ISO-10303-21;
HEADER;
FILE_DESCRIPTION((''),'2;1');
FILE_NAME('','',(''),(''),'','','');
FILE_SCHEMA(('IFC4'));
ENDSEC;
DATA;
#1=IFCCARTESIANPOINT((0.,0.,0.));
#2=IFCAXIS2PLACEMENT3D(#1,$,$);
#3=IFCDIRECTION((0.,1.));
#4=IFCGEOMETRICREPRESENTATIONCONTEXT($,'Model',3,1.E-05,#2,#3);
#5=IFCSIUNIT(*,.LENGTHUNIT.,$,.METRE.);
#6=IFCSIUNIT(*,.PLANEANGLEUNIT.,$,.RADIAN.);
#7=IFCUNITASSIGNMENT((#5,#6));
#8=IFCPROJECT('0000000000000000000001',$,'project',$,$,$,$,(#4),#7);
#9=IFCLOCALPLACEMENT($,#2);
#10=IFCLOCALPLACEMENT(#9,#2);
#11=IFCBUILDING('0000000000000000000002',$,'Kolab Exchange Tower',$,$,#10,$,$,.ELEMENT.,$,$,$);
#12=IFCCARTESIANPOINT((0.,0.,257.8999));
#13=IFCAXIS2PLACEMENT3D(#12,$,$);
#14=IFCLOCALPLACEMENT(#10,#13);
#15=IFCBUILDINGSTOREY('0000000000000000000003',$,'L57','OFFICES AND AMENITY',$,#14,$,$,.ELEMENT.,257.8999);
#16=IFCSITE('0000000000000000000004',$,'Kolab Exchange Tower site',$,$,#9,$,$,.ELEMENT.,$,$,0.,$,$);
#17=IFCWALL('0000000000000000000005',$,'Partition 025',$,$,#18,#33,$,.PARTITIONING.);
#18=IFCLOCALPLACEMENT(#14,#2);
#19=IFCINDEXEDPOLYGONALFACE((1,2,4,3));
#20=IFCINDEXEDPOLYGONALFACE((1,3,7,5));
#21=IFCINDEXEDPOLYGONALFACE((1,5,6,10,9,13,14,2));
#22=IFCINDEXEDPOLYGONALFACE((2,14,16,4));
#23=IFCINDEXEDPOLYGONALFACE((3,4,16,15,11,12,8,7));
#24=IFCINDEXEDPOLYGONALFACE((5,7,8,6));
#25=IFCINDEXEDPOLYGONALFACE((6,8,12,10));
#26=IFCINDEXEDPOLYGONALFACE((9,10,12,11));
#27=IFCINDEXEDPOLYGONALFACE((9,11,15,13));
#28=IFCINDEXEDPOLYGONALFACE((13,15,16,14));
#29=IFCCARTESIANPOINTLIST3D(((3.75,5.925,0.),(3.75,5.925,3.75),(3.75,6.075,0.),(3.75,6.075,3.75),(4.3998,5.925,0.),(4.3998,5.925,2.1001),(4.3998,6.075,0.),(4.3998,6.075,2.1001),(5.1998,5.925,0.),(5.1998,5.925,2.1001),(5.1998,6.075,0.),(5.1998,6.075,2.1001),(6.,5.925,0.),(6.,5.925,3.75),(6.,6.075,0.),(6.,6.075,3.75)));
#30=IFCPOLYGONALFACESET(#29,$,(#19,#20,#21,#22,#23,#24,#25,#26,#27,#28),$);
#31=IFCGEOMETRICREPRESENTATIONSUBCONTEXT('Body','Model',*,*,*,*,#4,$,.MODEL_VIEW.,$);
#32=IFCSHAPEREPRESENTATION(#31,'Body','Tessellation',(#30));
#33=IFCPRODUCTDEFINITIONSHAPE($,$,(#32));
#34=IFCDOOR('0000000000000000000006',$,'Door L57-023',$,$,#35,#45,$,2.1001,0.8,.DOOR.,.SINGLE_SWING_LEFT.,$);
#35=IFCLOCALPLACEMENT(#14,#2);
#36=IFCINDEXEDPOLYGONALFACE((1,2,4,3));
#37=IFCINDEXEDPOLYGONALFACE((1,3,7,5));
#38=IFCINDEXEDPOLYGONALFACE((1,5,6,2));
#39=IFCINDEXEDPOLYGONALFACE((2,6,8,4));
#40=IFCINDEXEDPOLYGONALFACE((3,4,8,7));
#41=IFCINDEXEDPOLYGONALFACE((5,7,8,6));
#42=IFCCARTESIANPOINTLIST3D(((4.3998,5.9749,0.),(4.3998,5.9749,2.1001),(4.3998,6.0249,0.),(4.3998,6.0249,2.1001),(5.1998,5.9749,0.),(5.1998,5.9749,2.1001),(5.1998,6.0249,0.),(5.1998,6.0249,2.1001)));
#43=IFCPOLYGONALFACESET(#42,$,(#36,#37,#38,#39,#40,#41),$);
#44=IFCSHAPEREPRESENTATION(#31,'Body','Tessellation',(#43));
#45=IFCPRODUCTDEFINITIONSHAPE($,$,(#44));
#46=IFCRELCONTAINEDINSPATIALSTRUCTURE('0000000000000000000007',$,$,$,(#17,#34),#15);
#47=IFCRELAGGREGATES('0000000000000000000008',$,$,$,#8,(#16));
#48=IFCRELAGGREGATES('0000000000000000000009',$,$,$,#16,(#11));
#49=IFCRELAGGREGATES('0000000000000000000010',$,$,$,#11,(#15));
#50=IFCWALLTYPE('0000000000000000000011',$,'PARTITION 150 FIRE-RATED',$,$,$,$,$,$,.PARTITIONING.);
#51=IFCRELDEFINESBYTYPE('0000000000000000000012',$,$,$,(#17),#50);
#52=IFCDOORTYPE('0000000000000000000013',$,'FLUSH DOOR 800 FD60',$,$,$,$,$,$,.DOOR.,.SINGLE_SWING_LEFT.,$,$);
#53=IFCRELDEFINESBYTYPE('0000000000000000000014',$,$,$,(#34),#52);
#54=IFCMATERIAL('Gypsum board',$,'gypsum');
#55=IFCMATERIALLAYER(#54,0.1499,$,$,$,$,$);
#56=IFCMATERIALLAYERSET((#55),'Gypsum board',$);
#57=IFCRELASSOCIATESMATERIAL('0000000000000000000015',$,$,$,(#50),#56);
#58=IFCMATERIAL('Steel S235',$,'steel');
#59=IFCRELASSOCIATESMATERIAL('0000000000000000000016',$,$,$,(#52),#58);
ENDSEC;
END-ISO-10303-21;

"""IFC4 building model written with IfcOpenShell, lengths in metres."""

from ifc_helpers import new_model, si_unit, direction, frame, frame_2d, origin, place, context, subcontext, project, spatial, rectangle, extrude, material, layer, layer_set, type_object, element, fill, save


model = new_model("IFC4")

# Units and contexts
model_context = context("Model", 3, precision=1e-05, world=origin(), true_north=direction((0.0, 1.0)))
body_context = subcontext(model_context, "Body", "Model", "MODEL_VIEW")
ifc_project = project(units=[si_unit("LENGTHUNIT", "METRE"), si_unit("PLANEANGLEUNIT", "RADIAN")], contexts=[model_context])

# Site, building, storey
site_placement = place(None, origin())
site = spatial("IfcSite", under=ifc_project, at=site_placement, Name="Kolab Exchange Tower site", CompositionType="ELEMENT", RefElevation=0.0)
building_placement = place(site_placement, origin())
building = spatial("IfcBuilding", under=site, at=building_placement, Name="Kolab Exchange Tower", CompositionType="ELEMENT")
storey_placement = place(building_placement, frame((0.0, 0.0, 257.8999)))
storey = spatial("IfcBuildingStorey", under=building, at=storey_placement, Name="L57", Description="OFFICES AND AMENITY", CompositionType="ELEMENT", Elevation=257.8999)

# Wall, opening, door
ifc_material_1 = material(Name="Gypsum board", Category="gypsum")
ifc_layer_1 = layer(ifc_material_1, 0.1499)
ifc_layer_set_1 = layer_set([ifc_layer_1], Name="Gypsum board")
wall_type_1 = type_object("IfcWallType", Name="PARTITION 150 FIRE-RATED", PredefinedType="PARTITIONING", material=ifc_layer_set_1)
wall_1_placement = place(storey_placement, frame((3.75, 6.0, 0.0), z_axis=(0.0, 0.0, 1.0), x_axis=(1.0, 0.0, 0.0)))
wall_1 = element("IfcWall", 1, at=wall_1_placement, inside=storey, type_object=wall_type_1, Name="Partition 025", PredefinedType="PARTITIONING", context=body_context, shape_type="SweptSolid", body=[
    extrude(rectangle(XDim=2.25, YDim=0.1499, at=frame_2d((1.125, 0.0))), origin(), (0.0, 0.0, 1.0), 3.75),
])
opening_1_placement = place(wall_1_placement, frame((0.6499, 0.0, 0.0)))
opening_1 = element("IfcOpeningElement", 2, at=opening_1_placement, cuts=wall_1, PredefinedType="OPENING", context=body_context, shape_type="SweptSolid", body=[
    extrude(rectangle(XDim=0.8, YDim=2.1001, at=frame_2d((0.3999, 1.05))), frame((0.0, 0.085, 0.0), z_axis=(0.0, -1.0, 0.0), x_axis=(1.0, 0.0, 0.0)), (0.0, 0.0, 1.0), 0.1699),
])
ifc_material_2 = material(Name="Steel S235", Category="steel")
door_type_1 = type_object("IfcDoorType", Name="FLUSH DOOR 800 FD60", OperationType="SINGLE_SWING_LEFT", PredefinedType="DOOR", material=ifc_material_2)
door_1_placement = place(opening_1_placement, origin())
door_1 = element("IfcDoor", 3, at=door_1_placement, inside=storey, type_object=door_type_1, Name="Door L57-023", OperationType="SINGLE_SWING_LEFT", OverallHeight=2.1001, OverallWidth=0.8, PredefinedType="DOOR", context=body_context, shape_type="SweptSolid", body=[
    extrude(rectangle(XDim=0.8, YDim=2.1001, at=frame_2d((0.3999, 1.05))), frame((0.0, 0.0249, 0.0), z_axis=(0.0, -1.0, 0.0), x_axis=(1.0, 0.0, 0.0)), (0.0, 0.0, 1.0), 0.05),
])
fill(opening_1, door_1)

save(model, "model.ifc")
